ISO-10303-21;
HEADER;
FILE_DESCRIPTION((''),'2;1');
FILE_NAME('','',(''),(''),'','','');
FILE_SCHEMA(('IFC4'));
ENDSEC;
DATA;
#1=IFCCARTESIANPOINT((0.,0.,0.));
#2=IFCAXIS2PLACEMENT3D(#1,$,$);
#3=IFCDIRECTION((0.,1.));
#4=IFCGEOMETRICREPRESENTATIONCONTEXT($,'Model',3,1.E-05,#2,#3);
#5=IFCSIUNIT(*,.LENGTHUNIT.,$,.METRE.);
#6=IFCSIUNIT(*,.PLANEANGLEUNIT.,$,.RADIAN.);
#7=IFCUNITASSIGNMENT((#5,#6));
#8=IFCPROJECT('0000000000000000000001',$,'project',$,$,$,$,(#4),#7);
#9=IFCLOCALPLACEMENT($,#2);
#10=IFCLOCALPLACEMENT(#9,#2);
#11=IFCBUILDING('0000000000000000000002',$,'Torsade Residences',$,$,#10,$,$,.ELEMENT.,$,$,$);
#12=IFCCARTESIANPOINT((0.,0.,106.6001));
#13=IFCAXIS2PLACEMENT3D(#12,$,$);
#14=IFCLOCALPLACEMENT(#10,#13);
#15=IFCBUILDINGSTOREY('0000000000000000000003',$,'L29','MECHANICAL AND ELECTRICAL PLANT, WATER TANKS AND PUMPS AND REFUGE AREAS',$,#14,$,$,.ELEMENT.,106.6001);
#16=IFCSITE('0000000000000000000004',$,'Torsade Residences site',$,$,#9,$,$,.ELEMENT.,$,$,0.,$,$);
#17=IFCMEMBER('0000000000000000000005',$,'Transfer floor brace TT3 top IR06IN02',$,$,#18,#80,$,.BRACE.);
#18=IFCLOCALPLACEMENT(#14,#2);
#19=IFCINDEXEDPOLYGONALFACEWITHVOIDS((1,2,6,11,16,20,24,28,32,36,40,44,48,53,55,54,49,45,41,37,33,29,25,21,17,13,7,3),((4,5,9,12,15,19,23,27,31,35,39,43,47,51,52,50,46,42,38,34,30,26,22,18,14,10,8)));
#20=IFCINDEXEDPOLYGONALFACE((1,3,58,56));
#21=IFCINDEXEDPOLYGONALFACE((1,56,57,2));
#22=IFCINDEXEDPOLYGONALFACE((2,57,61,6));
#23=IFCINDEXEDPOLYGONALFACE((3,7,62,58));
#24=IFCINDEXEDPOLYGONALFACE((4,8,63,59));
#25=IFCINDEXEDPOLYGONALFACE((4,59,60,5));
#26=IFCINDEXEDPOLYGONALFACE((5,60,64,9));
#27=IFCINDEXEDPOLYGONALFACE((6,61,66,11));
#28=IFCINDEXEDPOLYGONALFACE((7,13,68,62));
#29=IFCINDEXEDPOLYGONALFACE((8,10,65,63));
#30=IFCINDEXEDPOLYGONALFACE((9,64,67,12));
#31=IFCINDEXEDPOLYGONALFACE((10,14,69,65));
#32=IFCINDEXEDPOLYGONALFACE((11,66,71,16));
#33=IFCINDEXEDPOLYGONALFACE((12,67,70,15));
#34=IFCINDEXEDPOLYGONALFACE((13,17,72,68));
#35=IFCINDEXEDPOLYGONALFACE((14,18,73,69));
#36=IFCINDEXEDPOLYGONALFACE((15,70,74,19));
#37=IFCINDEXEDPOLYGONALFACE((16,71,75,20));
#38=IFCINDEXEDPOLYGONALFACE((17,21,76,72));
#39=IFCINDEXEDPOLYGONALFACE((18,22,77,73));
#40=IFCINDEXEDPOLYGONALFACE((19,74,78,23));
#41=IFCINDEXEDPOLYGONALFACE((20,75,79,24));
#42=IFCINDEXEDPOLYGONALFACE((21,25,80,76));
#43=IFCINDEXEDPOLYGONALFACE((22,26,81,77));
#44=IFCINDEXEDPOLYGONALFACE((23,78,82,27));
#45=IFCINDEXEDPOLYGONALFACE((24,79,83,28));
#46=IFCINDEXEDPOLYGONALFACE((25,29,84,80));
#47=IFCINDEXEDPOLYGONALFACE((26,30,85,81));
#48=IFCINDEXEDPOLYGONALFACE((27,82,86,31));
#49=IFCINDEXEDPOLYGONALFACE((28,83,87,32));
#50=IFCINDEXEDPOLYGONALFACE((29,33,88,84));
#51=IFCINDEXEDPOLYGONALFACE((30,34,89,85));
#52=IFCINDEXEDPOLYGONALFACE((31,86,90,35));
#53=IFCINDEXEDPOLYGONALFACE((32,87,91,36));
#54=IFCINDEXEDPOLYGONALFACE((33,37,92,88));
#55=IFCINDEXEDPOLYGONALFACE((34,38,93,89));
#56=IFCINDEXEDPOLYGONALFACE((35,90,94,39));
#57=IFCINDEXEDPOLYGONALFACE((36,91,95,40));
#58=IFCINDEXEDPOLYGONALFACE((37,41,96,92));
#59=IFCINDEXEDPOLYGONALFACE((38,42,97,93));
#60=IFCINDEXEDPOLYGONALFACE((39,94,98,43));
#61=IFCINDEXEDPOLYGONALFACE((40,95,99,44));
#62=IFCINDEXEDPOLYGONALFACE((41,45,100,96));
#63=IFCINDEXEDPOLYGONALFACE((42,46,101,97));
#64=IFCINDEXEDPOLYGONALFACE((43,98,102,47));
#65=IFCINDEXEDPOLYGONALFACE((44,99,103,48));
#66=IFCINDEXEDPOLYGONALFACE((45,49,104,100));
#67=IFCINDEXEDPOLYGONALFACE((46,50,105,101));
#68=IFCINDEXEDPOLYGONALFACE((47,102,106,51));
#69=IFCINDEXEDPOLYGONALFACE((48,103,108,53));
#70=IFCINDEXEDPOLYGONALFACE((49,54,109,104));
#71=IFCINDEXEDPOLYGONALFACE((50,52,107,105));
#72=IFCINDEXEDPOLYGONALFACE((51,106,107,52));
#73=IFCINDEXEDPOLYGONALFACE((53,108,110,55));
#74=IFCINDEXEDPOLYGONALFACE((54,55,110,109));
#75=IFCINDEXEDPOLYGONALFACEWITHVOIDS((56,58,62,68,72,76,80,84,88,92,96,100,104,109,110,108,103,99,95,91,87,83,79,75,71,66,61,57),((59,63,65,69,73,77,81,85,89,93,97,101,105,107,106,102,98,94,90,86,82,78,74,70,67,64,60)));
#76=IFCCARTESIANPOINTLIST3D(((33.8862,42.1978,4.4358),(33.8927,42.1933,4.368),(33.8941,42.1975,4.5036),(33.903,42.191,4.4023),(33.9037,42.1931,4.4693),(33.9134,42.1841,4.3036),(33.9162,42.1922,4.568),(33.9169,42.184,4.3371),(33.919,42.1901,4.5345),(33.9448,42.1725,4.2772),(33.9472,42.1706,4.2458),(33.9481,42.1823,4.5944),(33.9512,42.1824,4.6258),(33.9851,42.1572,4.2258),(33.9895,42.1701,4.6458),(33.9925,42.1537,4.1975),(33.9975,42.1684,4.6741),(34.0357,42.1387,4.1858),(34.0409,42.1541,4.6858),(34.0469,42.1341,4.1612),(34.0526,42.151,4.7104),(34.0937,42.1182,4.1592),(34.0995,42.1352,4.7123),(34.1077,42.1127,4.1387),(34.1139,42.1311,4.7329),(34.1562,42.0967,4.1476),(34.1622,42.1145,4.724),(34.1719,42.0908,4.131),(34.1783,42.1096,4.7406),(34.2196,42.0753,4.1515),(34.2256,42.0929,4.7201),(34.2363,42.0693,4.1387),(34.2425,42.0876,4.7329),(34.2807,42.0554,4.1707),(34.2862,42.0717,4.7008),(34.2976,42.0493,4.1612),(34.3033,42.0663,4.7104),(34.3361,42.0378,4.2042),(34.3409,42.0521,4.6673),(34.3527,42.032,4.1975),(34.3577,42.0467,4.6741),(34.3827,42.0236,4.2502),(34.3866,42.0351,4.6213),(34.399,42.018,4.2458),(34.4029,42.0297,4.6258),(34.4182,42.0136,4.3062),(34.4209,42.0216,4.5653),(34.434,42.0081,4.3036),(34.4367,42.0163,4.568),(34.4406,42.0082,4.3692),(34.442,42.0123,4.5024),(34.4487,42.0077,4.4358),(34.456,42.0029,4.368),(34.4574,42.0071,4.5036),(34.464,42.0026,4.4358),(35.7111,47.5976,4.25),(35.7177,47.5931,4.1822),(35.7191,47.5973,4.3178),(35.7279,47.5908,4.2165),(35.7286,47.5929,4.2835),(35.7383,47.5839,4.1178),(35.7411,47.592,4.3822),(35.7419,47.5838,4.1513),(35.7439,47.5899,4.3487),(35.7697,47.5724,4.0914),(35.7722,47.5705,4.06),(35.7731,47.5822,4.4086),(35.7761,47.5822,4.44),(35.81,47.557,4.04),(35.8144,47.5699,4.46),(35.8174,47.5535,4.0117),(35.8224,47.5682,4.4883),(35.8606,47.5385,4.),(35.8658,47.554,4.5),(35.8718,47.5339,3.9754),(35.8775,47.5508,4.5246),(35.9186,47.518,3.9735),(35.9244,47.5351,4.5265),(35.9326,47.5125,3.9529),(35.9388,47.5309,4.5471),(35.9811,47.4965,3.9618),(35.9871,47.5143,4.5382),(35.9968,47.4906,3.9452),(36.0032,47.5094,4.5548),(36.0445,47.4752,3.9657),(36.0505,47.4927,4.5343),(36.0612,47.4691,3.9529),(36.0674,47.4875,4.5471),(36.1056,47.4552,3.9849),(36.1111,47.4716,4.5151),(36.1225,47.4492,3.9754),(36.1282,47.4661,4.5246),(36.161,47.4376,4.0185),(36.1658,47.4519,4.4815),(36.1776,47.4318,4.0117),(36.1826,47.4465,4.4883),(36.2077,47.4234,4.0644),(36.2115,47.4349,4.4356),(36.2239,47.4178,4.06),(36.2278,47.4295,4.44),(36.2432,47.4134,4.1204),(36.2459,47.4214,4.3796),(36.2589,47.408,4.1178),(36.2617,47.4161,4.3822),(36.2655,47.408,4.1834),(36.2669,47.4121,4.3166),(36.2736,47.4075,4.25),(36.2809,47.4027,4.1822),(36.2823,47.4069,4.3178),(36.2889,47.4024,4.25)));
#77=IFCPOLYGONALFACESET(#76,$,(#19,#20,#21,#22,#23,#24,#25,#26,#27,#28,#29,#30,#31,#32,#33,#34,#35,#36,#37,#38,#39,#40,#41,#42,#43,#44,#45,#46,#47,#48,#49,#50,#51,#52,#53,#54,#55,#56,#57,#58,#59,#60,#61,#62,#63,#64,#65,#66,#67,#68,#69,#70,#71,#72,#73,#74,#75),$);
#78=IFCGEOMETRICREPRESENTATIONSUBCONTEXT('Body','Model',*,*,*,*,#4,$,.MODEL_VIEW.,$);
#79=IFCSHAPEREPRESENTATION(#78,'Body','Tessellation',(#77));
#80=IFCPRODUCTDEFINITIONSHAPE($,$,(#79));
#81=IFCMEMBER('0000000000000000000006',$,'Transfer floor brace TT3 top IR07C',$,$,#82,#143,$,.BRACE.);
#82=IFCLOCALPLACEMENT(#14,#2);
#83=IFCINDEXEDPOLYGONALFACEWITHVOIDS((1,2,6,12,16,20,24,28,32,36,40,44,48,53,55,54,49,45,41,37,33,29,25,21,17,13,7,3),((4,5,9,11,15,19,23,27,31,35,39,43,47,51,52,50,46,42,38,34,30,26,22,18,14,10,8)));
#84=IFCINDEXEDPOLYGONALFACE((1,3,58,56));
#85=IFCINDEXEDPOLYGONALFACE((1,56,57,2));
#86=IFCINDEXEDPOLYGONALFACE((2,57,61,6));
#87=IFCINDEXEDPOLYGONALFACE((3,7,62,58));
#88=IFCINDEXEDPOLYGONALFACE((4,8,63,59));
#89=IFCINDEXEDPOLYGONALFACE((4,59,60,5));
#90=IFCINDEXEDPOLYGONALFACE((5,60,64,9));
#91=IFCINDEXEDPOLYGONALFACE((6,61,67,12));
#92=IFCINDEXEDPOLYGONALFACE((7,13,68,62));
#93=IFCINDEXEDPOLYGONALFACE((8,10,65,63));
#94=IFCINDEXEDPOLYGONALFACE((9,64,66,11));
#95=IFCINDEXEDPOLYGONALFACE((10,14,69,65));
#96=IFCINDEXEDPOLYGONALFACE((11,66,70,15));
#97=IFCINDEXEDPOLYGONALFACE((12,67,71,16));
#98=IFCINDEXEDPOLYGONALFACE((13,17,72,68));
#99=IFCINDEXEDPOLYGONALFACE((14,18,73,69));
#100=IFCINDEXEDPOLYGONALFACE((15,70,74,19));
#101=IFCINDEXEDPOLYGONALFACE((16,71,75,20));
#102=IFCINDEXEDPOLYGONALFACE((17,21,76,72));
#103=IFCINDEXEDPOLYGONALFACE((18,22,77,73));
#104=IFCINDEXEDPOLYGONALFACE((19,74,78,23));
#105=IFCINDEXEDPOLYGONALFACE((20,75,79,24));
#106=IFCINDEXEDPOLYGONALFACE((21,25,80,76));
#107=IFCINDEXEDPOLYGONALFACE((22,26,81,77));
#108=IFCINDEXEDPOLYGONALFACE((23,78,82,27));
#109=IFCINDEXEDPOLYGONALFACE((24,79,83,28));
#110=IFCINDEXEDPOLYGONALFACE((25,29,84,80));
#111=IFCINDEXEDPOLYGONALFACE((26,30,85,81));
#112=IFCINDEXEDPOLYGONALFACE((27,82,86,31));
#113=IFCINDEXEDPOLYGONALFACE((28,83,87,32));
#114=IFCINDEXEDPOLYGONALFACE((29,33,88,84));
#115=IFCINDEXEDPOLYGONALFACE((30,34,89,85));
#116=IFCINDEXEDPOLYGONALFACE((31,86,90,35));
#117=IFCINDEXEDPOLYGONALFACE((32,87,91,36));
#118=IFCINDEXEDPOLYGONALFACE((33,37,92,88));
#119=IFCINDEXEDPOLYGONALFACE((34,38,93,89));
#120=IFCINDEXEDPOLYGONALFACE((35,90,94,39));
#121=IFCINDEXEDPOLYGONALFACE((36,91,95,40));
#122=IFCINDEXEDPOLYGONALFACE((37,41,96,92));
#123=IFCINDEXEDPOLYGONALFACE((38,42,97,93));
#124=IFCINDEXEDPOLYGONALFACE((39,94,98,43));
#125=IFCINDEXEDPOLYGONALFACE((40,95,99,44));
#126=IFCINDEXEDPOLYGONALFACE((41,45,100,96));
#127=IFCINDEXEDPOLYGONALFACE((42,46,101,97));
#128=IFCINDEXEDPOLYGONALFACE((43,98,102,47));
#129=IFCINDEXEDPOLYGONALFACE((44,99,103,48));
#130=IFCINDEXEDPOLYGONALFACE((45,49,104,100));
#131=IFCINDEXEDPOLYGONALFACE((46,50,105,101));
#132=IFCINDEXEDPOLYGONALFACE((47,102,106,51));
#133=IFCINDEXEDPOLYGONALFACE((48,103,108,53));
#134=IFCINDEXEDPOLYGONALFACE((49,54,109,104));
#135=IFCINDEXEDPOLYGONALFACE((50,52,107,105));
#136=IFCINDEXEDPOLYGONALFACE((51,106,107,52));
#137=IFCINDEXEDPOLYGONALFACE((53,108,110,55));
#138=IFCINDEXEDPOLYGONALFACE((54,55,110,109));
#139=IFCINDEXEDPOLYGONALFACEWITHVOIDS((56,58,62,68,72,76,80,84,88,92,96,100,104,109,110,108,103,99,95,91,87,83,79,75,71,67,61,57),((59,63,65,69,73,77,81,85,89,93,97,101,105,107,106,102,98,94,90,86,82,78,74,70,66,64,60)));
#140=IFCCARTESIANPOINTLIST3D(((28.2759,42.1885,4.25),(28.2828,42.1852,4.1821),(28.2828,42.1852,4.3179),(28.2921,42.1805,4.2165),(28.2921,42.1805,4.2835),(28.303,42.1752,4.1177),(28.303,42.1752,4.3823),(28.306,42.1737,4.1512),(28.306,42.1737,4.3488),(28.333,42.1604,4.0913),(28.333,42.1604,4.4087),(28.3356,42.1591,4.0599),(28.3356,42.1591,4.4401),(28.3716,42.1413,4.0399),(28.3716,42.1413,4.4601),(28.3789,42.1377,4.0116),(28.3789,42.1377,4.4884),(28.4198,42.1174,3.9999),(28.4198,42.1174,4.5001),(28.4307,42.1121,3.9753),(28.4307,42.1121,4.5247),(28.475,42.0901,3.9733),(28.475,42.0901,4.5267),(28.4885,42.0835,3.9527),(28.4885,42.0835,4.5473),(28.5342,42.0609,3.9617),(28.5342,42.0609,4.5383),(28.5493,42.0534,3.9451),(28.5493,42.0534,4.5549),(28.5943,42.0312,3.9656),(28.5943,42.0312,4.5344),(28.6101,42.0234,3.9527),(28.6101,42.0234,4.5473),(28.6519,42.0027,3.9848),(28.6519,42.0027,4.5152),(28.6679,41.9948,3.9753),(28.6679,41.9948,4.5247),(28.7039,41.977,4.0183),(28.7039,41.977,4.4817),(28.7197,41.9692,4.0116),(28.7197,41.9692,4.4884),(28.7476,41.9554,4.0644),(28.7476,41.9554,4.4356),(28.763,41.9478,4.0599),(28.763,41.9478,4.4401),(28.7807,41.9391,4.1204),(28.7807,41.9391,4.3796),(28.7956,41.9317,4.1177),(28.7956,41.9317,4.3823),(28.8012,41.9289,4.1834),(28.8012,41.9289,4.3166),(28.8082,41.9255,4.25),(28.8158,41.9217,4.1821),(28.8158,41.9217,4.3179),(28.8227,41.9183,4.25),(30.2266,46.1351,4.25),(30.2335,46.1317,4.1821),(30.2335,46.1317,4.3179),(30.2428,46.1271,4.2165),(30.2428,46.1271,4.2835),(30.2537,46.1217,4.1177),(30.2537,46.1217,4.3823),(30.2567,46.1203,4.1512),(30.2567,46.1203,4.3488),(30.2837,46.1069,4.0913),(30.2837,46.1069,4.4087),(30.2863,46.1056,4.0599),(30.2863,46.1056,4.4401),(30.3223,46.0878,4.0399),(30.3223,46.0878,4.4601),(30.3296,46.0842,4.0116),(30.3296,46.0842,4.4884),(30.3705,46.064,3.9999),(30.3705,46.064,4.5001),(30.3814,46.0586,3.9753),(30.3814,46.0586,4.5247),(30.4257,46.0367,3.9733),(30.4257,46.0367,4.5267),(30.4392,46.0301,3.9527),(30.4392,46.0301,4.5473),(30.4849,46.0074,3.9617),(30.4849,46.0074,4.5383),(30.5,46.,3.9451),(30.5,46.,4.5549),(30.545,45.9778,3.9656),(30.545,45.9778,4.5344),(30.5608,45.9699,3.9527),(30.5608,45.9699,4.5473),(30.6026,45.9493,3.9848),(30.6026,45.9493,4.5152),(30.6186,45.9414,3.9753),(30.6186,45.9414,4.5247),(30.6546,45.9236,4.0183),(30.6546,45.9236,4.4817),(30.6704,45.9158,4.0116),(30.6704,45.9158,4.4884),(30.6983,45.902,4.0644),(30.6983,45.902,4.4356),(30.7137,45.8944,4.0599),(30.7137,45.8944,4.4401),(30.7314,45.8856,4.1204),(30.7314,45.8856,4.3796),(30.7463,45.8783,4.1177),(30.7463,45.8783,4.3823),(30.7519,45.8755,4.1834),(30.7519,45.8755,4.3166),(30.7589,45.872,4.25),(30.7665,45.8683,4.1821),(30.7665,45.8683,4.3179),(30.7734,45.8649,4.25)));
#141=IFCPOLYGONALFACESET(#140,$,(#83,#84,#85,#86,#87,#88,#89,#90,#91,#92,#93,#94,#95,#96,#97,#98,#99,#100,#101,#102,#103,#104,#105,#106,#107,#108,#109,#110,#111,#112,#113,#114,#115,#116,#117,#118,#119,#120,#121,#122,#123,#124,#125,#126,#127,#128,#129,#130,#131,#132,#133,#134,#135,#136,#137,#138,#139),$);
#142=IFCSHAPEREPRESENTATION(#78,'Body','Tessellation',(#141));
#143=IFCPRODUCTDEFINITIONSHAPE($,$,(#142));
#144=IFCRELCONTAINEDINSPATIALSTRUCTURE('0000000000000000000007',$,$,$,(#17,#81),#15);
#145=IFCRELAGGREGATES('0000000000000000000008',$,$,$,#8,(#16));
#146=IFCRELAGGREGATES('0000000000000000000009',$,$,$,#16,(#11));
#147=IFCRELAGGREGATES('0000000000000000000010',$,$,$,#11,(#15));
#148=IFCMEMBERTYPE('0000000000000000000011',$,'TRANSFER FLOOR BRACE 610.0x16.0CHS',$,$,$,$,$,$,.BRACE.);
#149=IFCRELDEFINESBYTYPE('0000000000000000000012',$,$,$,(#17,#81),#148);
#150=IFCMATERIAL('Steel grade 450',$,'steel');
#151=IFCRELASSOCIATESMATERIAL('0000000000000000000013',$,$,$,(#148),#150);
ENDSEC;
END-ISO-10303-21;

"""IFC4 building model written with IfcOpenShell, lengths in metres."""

from ifc_helpers import new_model, si_unit, direction, frame, origin, origin_2d, place, context, subcontext, project, spatial, hollow_circle, extrude, material, material_profile, profile_set, type_object, element, save


model = new_model("IFC4")

# Units and contexts
model_context = context("Model", 3, precision=1e-05, world=origin(), true_north=direction((0.0, 1.0)))
body_context = subcontext(model_context, "Body", "Model", "MODEL_VIEW")
ifc_project = project(units=[si_unit("LENGTHUNIT", "METRE"), si_unit("PLANEANGLEUNIT", "RADIAN")], contexts=[model_context])

# Site, building, storey
site_placement = place(None, origin())
site = spatial("IfcSite", under=ifc_project, at=site_placement, Name="Torsade Residences site", CompositionType="ELEMENT", RefElevation=0.0)
building_placement = place(site_placement, origin())
building = spatial("IfcBuilding", under=site, at=building_placement, Name="Torsade Residences", CompositionType="ELEMENT")
storey_placement = place(building_placement, frame((0.0, 0.0, 106.6001)))
storey = spatial("IfcBuildingStorey", under=building, at=storey_placement, Name="L29", Description="MECHANICAL AND ELECTRICAL PLANT, WATER TANKS AND PUMPS AND REFUGE AREAS", CompositionType="ELEMENT", Elevation=106.6001)

# Members
ifc_material_1 = material(Name="Steel grade 450", Category="steel")
ifc_material_profile_1 = material_profile(ifc_material_1, hollow_circle(Radius=0.3049, WallThickness=0.0161, at=origin_2d()), Name="610.0x16.0CHS")
ifc_profile_set_1 = profile_set([ifc_material_profile_1], Name="Steel grade 450")
member_type_1 = type_object("IfcMemberType", Name="TRANSFER FLOOR BRACE 610.0x16.0CHS", PredefinedType="BRACE", material=ifc_profile_set_1)
member_1_placement = place(storey_placement, frame((36.0, 47.5, 4.25), z_axis=(-0.32, -0.946857, 0.032578), x_axis=(0.94736, -0.32017, 0.0)))
element("IfcMember", 1, at=member_1_placement, inside=storey, type_object=member_type_1, Name="Transfer floor brace TT3 top IR06IN02", PredefinedType="BRACE", context=body_context, shape_type="SweptSolid", body=[
    extrude(hollow_circle(Radius=0.3049, WallThickness=0.0161, at=origin_2d()), origin(), (0.0, 0.0, 1.0), 5.7029),
])
member_2_placement = place(storey_placement, frame((30.5, 46.0, 4.25), z_axis=(-0.443105, -0.89647, 0.0), x_axis=(0.89647, -0.443105, 0.0)))
element("IfcMember", 2, at=member_2_placement, inside=storey, type_object=member_type_1, Name="Transfer floor brace TT3 top IR07C", PredefinedType="BRACE", context=body_context, shape_type="SweptSolid", body=[
    extrude(hollow_circle(Radius=0.3049, WallThickness=0.0161, at=origin_2d()), origin(), (0.0, 0.0, 1.0), 4.4023),
])

save(model, "model.ifc")
